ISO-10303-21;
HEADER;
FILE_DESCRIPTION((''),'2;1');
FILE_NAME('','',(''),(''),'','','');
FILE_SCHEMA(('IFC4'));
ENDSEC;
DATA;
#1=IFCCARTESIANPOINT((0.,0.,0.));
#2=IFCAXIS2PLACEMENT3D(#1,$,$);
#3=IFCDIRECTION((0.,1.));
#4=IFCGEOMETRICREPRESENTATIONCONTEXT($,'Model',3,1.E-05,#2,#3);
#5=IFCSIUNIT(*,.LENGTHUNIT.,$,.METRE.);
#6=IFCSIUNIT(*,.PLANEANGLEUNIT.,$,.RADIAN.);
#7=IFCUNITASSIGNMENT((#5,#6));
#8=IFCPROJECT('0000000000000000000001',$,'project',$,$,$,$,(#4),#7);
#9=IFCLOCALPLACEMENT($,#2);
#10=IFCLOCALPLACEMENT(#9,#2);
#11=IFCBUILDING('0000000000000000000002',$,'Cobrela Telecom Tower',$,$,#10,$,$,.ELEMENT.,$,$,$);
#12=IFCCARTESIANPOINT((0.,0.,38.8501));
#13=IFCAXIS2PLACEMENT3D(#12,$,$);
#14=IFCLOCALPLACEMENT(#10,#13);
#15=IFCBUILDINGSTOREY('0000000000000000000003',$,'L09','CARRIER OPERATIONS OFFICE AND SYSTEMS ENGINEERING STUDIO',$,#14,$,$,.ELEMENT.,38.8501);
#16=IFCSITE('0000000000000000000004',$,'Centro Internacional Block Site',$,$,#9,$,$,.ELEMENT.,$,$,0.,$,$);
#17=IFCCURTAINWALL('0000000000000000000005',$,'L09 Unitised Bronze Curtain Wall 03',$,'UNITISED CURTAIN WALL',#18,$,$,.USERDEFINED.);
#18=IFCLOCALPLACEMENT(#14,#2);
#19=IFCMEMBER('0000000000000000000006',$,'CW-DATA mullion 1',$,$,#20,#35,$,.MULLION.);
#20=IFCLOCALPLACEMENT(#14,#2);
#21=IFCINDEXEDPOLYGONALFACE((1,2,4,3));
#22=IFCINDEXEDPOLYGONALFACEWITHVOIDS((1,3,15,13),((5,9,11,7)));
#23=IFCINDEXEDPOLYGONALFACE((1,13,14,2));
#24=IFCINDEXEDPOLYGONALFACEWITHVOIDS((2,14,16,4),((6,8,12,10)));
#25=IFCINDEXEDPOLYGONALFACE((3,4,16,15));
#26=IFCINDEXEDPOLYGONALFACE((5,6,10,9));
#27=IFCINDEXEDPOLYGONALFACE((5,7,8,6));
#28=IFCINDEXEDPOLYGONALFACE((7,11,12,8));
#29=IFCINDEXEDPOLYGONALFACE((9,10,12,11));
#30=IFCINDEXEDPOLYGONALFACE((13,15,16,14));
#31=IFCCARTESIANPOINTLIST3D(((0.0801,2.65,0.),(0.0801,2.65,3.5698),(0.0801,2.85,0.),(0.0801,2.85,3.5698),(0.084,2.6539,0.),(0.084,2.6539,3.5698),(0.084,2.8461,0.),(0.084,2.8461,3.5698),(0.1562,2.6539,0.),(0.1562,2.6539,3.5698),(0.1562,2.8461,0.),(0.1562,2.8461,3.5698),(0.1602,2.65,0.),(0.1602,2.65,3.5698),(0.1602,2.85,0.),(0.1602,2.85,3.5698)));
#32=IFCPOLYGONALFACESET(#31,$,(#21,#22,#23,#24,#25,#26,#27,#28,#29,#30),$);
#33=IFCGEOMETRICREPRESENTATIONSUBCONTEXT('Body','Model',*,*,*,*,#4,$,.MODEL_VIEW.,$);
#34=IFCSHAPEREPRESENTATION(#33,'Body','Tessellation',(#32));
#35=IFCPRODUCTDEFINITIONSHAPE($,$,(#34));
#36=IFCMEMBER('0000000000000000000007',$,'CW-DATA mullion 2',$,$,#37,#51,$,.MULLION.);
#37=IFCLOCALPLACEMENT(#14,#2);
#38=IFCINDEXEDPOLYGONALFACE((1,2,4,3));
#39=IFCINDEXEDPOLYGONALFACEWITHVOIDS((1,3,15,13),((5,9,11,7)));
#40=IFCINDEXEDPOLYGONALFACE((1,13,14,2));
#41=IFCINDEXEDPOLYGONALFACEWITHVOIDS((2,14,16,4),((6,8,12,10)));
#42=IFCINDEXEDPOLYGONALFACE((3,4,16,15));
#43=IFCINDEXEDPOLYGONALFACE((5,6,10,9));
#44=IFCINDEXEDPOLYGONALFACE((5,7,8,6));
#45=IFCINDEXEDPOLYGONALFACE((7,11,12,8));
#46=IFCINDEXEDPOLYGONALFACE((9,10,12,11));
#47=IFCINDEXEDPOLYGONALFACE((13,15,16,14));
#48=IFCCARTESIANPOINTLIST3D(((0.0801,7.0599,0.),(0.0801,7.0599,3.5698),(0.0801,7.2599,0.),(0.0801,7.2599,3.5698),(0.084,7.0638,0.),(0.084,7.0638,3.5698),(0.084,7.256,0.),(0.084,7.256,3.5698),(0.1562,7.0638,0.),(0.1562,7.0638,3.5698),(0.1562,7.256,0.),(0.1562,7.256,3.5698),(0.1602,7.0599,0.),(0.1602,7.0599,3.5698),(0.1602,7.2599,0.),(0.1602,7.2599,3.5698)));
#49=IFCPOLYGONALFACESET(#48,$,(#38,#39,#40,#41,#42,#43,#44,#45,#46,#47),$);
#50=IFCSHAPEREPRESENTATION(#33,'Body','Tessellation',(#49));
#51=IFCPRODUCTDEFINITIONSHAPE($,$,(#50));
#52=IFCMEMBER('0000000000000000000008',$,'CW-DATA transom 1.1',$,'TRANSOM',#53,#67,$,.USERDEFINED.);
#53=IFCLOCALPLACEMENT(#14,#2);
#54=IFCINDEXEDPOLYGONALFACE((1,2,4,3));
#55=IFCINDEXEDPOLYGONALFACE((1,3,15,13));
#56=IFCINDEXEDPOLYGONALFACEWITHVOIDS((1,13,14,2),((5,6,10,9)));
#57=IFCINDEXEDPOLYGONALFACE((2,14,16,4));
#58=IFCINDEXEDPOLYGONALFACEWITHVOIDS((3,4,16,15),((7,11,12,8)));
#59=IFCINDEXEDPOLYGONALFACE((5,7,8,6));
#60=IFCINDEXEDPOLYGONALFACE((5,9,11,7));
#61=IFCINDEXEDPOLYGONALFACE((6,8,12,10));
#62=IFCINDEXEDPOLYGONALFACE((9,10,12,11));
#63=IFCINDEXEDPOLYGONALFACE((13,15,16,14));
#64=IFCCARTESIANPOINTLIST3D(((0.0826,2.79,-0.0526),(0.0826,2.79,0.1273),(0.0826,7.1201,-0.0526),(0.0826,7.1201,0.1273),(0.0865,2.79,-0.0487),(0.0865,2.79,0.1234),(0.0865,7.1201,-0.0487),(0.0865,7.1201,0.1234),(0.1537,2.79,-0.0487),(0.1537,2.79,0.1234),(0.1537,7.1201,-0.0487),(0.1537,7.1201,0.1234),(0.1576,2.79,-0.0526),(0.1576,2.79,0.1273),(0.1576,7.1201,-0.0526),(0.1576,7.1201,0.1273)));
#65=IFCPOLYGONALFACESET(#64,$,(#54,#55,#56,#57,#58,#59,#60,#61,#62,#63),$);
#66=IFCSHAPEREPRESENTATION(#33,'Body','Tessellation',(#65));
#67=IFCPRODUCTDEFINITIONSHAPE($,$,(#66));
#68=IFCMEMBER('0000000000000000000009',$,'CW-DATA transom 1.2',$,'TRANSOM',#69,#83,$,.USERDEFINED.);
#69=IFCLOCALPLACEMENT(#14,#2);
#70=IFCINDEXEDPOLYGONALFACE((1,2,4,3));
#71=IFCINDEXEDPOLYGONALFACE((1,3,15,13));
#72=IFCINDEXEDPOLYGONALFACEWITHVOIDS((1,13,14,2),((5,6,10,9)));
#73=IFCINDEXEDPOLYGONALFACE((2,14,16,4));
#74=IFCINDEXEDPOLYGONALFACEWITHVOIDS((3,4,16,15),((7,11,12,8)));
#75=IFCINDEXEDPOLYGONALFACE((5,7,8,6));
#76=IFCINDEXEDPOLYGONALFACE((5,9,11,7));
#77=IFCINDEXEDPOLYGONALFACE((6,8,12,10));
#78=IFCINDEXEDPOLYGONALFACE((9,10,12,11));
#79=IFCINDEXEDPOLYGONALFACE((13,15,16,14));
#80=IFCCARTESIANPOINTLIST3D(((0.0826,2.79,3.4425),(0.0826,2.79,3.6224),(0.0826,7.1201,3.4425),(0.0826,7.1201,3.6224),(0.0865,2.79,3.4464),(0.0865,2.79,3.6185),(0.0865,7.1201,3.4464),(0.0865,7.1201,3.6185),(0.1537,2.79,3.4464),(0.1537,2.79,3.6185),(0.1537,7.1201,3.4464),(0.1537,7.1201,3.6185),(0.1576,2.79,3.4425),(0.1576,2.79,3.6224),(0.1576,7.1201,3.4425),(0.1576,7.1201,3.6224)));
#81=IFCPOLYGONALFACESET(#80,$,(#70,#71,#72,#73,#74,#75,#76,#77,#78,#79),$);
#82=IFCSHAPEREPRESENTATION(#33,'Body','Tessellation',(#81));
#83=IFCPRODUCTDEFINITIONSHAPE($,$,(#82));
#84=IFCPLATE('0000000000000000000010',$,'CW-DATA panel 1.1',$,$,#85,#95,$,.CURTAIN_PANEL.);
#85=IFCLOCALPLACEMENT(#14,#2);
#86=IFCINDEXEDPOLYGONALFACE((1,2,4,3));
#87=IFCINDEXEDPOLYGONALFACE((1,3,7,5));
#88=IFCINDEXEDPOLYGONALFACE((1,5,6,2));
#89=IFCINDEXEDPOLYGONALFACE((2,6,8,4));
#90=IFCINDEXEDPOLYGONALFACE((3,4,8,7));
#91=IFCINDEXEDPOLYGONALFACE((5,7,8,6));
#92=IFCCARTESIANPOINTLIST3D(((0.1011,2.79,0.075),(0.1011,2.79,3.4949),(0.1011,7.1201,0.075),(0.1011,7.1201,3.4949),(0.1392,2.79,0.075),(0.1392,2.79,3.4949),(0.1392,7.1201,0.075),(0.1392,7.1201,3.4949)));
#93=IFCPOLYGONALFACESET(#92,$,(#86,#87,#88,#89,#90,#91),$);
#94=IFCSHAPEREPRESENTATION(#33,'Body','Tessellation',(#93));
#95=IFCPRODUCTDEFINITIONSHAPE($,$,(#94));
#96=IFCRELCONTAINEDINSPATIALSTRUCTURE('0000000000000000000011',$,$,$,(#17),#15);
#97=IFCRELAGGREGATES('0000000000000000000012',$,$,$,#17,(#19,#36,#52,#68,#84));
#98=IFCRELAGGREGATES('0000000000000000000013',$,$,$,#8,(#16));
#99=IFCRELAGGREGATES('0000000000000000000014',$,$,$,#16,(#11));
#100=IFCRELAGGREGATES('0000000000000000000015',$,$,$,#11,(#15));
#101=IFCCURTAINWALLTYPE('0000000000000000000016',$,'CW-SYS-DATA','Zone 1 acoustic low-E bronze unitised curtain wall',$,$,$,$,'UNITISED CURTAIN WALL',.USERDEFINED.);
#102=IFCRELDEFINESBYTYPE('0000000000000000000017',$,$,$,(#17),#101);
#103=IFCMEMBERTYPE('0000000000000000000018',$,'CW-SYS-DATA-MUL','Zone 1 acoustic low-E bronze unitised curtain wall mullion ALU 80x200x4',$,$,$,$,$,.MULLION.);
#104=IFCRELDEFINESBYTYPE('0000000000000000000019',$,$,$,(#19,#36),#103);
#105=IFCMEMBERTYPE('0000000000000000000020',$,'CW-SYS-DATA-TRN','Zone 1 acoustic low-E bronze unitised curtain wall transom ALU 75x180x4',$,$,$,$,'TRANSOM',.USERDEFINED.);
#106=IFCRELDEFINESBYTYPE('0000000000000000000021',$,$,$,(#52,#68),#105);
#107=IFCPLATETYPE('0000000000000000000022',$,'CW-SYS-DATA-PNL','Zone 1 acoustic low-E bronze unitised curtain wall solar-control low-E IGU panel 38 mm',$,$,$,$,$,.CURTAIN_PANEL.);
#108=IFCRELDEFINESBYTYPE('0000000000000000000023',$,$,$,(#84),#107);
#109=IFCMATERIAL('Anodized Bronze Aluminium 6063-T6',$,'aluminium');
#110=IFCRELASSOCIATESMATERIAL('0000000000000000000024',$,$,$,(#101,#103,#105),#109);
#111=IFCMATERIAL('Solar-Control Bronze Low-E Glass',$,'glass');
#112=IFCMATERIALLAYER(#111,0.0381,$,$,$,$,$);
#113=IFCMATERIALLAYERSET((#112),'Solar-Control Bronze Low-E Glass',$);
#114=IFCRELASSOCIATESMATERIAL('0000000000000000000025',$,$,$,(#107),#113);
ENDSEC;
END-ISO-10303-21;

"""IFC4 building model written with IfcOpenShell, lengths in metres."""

from ifc_helpers import new_model, si_unit, direction, frame, origin, origin_2d, place, context, subcontext, project, spatial, rectangle, hollow_rectangle, extrude, material, layer, layer_set, material_profile, profile_set, type_object, element, aggregate, save


model = new_model("IFC4")

# Units and contexts
model_context = context("Model", 3, precision=1e-05, world=origin(), true_north=direction((0.0, 1.0)))
body_context = subcontext(model_context, "Body", "Model", "MODEL_VIEW")
ifc_project = project(units=[si_unit("LENGTHUNIT", "METRE"), si_unit("PLANEANGLEUNIT", "RADIAN")], contexts=[model_context])

# Site, building, storey
site_placement = place(None, origin())
site = spatial("IfcSite", under=ifc_project, at=site_placement, Name="Centro Internacional Block Site", CompositionType="ELEMENT", RefElevation=0.0)
building_placement = place(site_placement, origin())
building = spatial("IfcBuilding", under=site, at=building_placement, Name="Cobrela Telecom Tower", CompositionType="ELEMENT")
storey_placement = place(building_placement, frame((0.0, 0.0, 38.8501)))
storey = spatial("IfcBuildingStorey", under=building, at=storey_placement, Name="L09", Description="CARRIER OPERATIONS OFFICE AND SYSTEMS ENGINEERING STUDIO", CompositionType="ELEMENT", Elevation=38.8501)

# Curtain wall, members, plate
ifc_material_1 = material(Name="Anodized Bronze Aluminium 6063-T6", Category="aluminium")
curtain_wall_type = type_object("IfcCurtainWallType", Name="CW-SYS-DATA", Description="Zone 1 acoustic low-E bronze unitised curtain wall", ElementType="UNITISED CURTAIN WALL", PredefinedType="USERDEFINED", material=ifc_material_1)
curtain_wall_placement = place(storey_placement, origin())
curtain_wall = element("IfcCurtainWall", 1, at=curtain_wall_placement, inside=storey, type_object=curtain_wall_type, Name="L09 Unitised Bronze Curtain Wall 03", ObjectType="UNITISED CURTAIN WALL", PredefinedType="USERDEFINED")
ifc_material_profile_1 = material_profile(ifc_material_1, hollow_rectangle(XDim=0.0801, YDim=0.2, WallThickness=0.0039, at=origin_2d()), Name="ALU 80x200x4")
ifc_profile_set_1 = profile_set([ifc_material_profile_1], Name="Anodized Bronze Aluminium 6063-T6")
member_type_1 = type_object("IfcMemberType", Name="CW-SYS-DATA-MUL", Description="Zone 1 acoustic low-E bronze unitised curtain wall mullion ALU 80x200x4", PredefinedType="MULLION", material=ifc_profile_set_1)
member_1_placement = place(storey_placement, frame((0.1201, 2.75, 0.0), z_axis=(0.0, 0.0, 1.0), x_axis=(-1.0, 0.0, 0.0)))
member_1 = element("IfcMember", 2, at=member_1_placement, type_object=member_type_1, Name="CW-DATA mullion 1", PredefinedType="MULLION", context=body_context, shape_type="SweptSolid", body=[
    extrude(hollow_rectangle(XDim=0.0801, YDim=0.2, WallThickness=0.0039, at=origin_2d()), origin(), (0.0, 0.0, 1.0), 3.5698),
])
member_2_placement = place(storey_placement, frame((0.1201, 7.1599, 0.0), z_axis=(0.0, 0.0, 1.0), x_axis=(-1.0, 0.0, 0.0)))
member_2 = element("IfcMember", 3, at=member_2_placement, type_object=member_type_1, Name="CW-DATA mullion 2", PredefinedType="MULLION", context=body_context, shape_type="SweptSolid", body=[
    extrude(hollow_rectangle(XDim=0.0801, YDim=0.2, WallThickness=0.0039, at=origin_2d()), origin(), (0.0, 0.0, 1.0), 3.5698),
])
ifc_material_profile_2 = material_profile(ifc_material_1, hollow_rectangle(XDim=0.075, YDim=0.1799, WallThickness=0.0039, at=origin_2d()), Name="ALU 75x180x4")
ifc_profile_set_2 = profile_set([ifc_material_profile_2], Name="Anodized Bronze Aluminium 6063-T6")
member_type_2 = type_object("IfcMemberType", Name="CW-SYS-DATA-TRN", Description="Zone 1 acoustic low-E bronze unitised curtain wall transom ALU 75x180x4", ElementType="TRANSOM", PredefinedType="USERDEFINED", material=ifc_profile_set_2)
member_3_placement = place(storey_placement, frame((0.1201, 2.79, 0.0374), z_axis=(0.0, 1.0, 0.0), x_axis=(-1.0, 0.0, 0.0)))
member_3 = element("IfcMember", 4, at=member_3_placement, type_object=member_type_2, Name="CW-DATA transom 1.1", ObjectType="TRANSOM", PredefinedType="USERDEFINED", context=body_context, shape_type="SweptSolid", body=[
    extrude(hollow_rectangle(XDim=0.075, YDim=0.1799, WallThickness=0.0039, at=origin_2d()), origin(), (0.0, 0.0, 1.0), 4.3301),
])
member_4_placement = place(storey_placement, frame((0.1201, 2.79, 3.5325), z_axis=(0.0, 1.0, 0.0), x_axis=(-1.0, 0.0, 0.0)))
member_4 = element("IfcMember", 5, at=member_4_placement, type_object=member_type_2, Name="CW-DATA transom 1.2", ObjectType="TRANSOM", PredefinedType="USERDEFINED", context=body_context, shape_type="SweptSolid", body=[
    extrude(hollow_rectangle(XDim=0.075, YDim=0.1799, WallThickness=0.0039, at=origin_2d()), origin(), (0.0, 0.0, 1.0), 4.3301),
])
ifc_material_2 = material(Name="Solar-Control Bronze Low-E Glass", Category="glass")
ifc_layer_1 = layer(ifc_material_2, 0.0381)
ifc_layer_set_1 = layer_set([ifc_layer_1], Name="Solar-Control Bronze Low-E Glass")
plate_type = type_object("IfcPlateType", Name="CW-SYS-DATA-PNL", Description="Zone 1 acoustic low-E bronze unitised curtain wall solar-control low-E IGU panel 38 mm", PredefinedType="CURTAIN_PANEL", material=ifc_layer_set_1)
plate_placement = place(storey_placement, frame((0.1201, 4.9551, 0.075), z_axis=(0.0, 0.0, 1.0), x_axis=(0.0, 1.0, 0.0)))
plate = element("IfcPlate", 6, at=plate_placement, type_object=plate_type, Name="CW-DATA panel 1.1", PredefinedType="CURTAIN_PANEL", context=body_context, shape_type="SweptSolid", body=[
    extrude(rectangle(XDim=4.3301, YDim=0.0381, at=origin_2d()), origin(), (0.0, 0.0, 1.0), 3.4199),
])
aggregate(curtain_wall, [member_1, member_2, member_3, member_4, plate])

save(model, "model.ifc")
